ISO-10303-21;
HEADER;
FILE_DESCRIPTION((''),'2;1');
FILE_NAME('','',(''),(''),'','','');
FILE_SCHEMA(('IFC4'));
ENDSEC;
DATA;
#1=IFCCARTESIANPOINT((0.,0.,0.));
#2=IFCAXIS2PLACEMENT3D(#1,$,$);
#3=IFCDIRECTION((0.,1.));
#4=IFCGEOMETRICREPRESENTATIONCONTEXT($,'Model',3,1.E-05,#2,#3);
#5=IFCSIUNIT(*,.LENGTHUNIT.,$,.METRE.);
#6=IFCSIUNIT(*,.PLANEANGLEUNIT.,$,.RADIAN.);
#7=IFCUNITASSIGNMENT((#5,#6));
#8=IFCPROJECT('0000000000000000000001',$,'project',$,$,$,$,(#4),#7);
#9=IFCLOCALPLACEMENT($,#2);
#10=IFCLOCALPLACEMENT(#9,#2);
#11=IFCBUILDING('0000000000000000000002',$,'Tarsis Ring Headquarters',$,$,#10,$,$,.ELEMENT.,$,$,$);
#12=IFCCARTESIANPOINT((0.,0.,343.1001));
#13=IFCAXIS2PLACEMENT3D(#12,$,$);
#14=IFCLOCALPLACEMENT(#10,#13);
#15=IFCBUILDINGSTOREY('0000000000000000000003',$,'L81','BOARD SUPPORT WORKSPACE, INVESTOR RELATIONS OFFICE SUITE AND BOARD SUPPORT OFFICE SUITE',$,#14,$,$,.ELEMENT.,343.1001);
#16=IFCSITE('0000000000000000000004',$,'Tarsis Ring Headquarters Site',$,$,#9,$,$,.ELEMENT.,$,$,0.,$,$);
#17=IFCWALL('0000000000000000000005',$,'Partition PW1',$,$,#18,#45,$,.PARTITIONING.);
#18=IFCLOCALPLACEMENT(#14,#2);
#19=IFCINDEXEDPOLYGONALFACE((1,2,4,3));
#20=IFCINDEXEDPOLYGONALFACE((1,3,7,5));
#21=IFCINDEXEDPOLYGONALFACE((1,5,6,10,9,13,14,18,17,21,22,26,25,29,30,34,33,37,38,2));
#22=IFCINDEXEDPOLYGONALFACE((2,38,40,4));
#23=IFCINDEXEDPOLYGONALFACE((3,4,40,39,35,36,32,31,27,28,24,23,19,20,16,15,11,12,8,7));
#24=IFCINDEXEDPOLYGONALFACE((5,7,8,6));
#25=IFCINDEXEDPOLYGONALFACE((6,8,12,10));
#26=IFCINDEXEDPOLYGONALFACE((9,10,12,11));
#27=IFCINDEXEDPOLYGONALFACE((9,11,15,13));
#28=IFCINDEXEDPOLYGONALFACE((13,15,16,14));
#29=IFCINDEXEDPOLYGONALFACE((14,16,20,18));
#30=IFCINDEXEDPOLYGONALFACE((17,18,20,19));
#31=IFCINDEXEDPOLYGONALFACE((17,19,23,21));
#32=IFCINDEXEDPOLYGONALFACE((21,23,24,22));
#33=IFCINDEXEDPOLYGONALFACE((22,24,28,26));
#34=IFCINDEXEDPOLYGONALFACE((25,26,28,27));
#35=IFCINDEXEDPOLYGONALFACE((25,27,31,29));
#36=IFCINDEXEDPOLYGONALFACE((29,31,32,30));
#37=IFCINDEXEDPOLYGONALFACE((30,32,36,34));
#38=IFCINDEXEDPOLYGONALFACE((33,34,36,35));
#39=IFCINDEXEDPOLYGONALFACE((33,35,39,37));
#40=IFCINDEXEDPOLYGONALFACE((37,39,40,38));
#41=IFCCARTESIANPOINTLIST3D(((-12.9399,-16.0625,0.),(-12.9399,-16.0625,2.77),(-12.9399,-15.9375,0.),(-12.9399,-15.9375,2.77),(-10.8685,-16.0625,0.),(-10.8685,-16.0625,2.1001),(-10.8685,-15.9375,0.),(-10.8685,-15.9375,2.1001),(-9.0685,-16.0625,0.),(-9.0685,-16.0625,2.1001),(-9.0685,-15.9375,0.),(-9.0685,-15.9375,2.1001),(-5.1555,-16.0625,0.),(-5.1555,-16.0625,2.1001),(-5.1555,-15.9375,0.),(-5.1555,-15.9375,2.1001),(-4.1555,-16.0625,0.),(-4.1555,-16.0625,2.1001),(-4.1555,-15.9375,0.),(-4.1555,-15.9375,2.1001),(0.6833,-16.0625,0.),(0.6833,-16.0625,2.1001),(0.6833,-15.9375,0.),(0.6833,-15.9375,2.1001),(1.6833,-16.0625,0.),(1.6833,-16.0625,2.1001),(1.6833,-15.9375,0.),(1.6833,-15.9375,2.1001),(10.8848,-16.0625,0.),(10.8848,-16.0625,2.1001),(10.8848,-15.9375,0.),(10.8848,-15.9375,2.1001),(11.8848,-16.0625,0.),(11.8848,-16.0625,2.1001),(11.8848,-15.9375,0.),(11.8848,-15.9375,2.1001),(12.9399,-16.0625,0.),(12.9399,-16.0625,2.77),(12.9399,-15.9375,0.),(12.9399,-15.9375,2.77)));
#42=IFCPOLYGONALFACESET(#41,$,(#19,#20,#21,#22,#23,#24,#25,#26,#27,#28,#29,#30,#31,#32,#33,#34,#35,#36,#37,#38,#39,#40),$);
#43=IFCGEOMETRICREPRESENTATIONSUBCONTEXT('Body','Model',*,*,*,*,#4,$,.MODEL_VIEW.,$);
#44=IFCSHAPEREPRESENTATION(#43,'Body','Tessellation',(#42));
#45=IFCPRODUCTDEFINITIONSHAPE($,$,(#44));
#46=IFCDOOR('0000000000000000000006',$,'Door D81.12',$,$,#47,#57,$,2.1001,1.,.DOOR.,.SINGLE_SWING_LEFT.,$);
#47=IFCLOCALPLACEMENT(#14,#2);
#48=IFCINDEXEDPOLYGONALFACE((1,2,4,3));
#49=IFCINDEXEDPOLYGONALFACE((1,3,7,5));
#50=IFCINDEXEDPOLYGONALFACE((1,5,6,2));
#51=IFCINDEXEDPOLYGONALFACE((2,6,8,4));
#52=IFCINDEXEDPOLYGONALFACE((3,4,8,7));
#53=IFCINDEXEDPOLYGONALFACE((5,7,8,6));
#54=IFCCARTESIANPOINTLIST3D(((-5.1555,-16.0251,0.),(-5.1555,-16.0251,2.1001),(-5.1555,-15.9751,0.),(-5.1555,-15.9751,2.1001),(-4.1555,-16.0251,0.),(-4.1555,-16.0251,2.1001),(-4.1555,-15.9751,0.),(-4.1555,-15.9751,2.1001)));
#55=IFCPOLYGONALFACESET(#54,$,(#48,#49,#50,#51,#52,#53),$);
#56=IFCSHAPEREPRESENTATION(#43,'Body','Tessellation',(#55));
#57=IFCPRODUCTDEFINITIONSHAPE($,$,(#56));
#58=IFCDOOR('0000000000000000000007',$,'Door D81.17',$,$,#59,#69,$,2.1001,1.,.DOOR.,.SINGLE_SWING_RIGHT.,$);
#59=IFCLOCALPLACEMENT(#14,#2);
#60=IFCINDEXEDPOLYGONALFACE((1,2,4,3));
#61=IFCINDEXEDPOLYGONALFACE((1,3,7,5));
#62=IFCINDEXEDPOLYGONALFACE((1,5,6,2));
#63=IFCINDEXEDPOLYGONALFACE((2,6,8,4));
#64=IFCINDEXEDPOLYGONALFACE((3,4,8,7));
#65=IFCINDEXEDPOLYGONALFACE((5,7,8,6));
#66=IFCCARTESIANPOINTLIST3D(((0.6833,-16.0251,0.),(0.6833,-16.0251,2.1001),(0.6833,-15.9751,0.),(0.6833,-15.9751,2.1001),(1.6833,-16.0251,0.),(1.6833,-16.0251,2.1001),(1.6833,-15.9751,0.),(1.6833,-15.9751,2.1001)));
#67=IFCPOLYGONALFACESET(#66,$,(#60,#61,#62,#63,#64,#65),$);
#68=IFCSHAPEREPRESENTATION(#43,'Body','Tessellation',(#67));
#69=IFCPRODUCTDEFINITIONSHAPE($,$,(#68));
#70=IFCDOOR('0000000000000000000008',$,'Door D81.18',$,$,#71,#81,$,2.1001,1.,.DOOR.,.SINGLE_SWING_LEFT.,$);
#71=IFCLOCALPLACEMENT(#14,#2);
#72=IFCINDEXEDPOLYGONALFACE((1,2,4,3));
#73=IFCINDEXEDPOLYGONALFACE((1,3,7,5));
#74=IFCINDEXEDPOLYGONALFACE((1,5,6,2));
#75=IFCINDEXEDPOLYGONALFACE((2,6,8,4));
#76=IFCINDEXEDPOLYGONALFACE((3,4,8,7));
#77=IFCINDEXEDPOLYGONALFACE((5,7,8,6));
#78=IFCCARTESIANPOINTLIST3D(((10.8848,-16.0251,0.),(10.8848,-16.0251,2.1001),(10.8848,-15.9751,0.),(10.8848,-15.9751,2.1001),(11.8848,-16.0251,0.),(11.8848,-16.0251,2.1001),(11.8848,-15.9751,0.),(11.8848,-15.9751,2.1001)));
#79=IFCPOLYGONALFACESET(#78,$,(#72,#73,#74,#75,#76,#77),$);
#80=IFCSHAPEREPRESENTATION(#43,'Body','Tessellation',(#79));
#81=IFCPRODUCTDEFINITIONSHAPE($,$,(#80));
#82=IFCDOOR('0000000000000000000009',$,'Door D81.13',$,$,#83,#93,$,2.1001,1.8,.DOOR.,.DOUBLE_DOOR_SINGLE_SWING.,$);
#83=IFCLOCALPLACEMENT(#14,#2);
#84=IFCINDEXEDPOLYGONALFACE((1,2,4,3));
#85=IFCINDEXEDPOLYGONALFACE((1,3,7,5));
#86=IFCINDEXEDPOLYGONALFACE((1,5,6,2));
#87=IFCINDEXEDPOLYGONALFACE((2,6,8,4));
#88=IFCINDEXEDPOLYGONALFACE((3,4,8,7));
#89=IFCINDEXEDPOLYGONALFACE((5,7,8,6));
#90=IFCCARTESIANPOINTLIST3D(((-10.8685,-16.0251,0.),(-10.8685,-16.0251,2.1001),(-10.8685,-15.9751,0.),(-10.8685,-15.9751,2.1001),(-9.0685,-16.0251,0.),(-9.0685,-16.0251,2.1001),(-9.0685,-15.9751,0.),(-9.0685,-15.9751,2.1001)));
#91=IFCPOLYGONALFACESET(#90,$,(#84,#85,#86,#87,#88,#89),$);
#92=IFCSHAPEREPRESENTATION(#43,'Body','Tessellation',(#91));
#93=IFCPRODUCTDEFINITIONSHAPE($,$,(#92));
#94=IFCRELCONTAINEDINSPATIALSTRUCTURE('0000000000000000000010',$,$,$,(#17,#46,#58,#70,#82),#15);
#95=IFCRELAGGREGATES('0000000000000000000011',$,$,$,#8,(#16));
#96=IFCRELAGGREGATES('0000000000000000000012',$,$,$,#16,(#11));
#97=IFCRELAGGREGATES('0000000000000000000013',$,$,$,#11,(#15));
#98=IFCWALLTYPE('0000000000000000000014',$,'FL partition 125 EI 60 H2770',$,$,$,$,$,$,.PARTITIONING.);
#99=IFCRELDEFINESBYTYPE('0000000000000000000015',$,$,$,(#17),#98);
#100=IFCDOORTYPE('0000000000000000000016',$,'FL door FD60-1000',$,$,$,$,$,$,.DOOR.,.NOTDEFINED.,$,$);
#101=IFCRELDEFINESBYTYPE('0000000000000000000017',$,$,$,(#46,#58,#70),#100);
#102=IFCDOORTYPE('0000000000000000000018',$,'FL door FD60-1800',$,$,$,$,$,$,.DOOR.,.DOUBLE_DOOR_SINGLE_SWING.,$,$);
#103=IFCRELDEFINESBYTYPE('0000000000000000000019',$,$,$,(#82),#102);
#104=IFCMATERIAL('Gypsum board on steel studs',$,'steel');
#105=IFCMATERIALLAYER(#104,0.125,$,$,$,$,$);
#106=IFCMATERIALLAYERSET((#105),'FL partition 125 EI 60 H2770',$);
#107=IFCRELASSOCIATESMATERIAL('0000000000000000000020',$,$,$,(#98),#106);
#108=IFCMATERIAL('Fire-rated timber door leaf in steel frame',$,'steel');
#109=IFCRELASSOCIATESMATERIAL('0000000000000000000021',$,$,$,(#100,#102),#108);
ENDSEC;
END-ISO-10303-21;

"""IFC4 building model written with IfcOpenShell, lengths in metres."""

from ifc_helpers import new_model, si_unit, direction, frame, frame_2d, origin, place, context, subcontext, project, spatial, rectangle, extrude, material, layer, layer_set, type_object, element, fill, save


model = new_model("IFC4")

# Units and contexts
model_context = context("Model", 3, precision=1e-05, world=origin(), true_north=direction((0.0, 1.0)))
body_context = subcontext(model_context, "Body", "Model", "MODEL_VIEW")
ifc_project = project(units=[si_unit("LENGTHUNIT", "METRE"), si_unit("PLANEANGLEUNIT", "RADIAN")], contexts=[model_context])

# Site, building, storey
site_placement = place(None, origin())
site = spatial("IfcSite", under=ifc_project, at=site_placement, Name="Tarsis Ring Headquarters Site", CompositionType="ELEMENT", RefElevation=0.0)
building_placement = place(site_placement, origin())
building = spatial("IfcBuilding", under=site, at=building_placement, Name="Tarsis Ring Headquarters", CompositionType="ELEMENT")
storey_placement = place(building_placement, frame((0.0, 0.0, 343.1001)))
storey = spatial("IfcBuildingStorey", under=building, at=storey_placement, Name="L81", Description="BOARD SUPPORT WORKSPACE, INVESTOR RELATIONS OFFICE SUITE AND BOARD SUPPORT OFFICE SUITE", CompositionType="ELEMENT", Elevation=343.1001)

# Wall, openings, doors
ifc_material_1 = material(Name="Gypsum board on steel studs", Category="steel")
ifc_layer = layer(ifc_material_1, 0.125)
ifc_layer_set = layer_set([ifc_layer], Name="FL partition 125 EI 60 H2770")
wall_type = type_object("IfcWallType", Name="FL partition 125 EI 60 H2770", PredefinedType="PARTITIONING", material=ifc_layer_set)
ifc_material_2 = material(Name="Fire-rated timber door leaf in steel frame", Category="steel")
door_type_1 = type_object("IfcDoorType", Name="FL door FD60-1000", OperationType="NOTDEFINED", PredefinedType="DOOR", material=ifc_material_2)
door_type_2 = type_object("IfcDoorType", Name="FL door FD60-1800", OperationType="DOUBLE_DOOR_SINGLE_SWING", PredefinedType="DOOR", material=ifc_material_2)
wall_1_placement = place(storey_placement, frame((-12.9399, -16.0, 0.0), z_axis=(0.0, 0.0, 1.0), x_axis=(1.0, 0.0, 0.0)))
wall_1 = element("IfcWall", 1, at=wall_1_placement, inside=storey, type_object=wall_type, Name="Partition PW1", PredefinedType="PARTITIONING", context=body_context, shape_type="SweptSolid", body=[
    extrude(rectangle(XDim=25.8799, YDim=0.125, at=frame_2d((12.9399, 0.0))), origin(), (0.0, 0.0, 1.0), 2.77),
])
opening_1_placement = place(wall_1_placement, frame((7.7844, 0.0, 0.0)))
opening_1 = element("IfcOpeningElement", 2, at=opening_1_placement, cuts=wall_1, PredefinedType="OPENING", context=body_context, shape_type="SweptSolid", body=[
    extrude(rectangle(XDim=1.0, YDim=2.1001, at=frame_2d((0.5, 1.05))), frame((0.0, 0.0725, 0.0), z_axis=(0.0, -1.0, 0.0), x_axis=(1.0, 0.0, 0.0)), (0.0, 0.0, 1.0), 0.145),
])
opening_2_placement = place(wall_1_placement, frame((2.0715, 0.0, 0.0)))
opening_2 = element("IfcOpeningElement", 3, at=opening_2_placement, cuts=wall_1, PredefinedType="OPENING", context=body_context, shape_type="SweptSolid", body=[
    extrude(rectangle(XDim=1.8, YDim=2.1001, at=frame_2d((0.8999, 1.05))), frame((0.0, 0.0725, 0.0), z_axis=(0.0, -1.0, 0.0), x_axis=(1.0, 0.0, 0.0)), (0.0, 0.0, 1.0), 0.145),
])
opening_3_placement = place(wall_1_placement, frame((13.6233, 0.0, 0.0)))
opening_3 = element("IfcOpeningElement", 4, at=opening_3_placement, cuts=wall_1, PredefinedType="OPENING", context=body_context, shape_type="SweptSolid", body=[
    extrude(rectangle(XDim=1.0, YDim=2.1001, at=frame_2d((0.5, 1.05))), frame((0.0, 0.0725, 0.0), z_axis=(0.0, -1.0, 0.0), x_axis=(1.0, 0.0, 0.0)), (0.0, 0.0, 1.0), 0.145),
])
opening_4_placement = place(wall_1_placement, frame((23.8247, 0.0, 0.0)))
opening_4 = element("IfcOpeningElement", 5, at=opening_4_placement, cuts=wall_1, PredefinedType="OPENING", context=body_context, shape_type="SweptSolid", body=[
    extrude(rectangle(XDim=1.0, YDim=2.1001, at=frame_2d((0.5, 1.05))), frame((0.0, 0.0725, 0.0), z_axis=(0.0, -1.0, 0.0), x_axis=(1.0, 0.0, 0.0)), (0.0, 0.0, 1.0), 0.145),
])
door_1_placement = place(opening_1_placement, origin())
door_1 = element("IfcDoor", 6, at=door_1_placement, inside=storey, type_object=door_type_1, Name="Door D81.12", OperationType="SINGLE_SWING_LEFT", OverallHeight=2.1001, OverallWidth=1.0, PredefinedType="DOOR", context=body_context, shape_type="SweptSolid", body=[
    extrude(rectangle(XDim=1.0, YDim=2.1001, at=frame_2d((0.5, 1.05))), frame((0.0, 0.0249, 0.0), z_axis=(0.0, -1.0, 0.0), x_axis=(1.0, 0.0, 0.0)), (0.0, 0.0, 1.0), 0.05),
])
fill(opening_1, door_1)
door_2_placement = place(opening_3_placement, origin())
door_2 = element("IfcDoor", 7, at=door_2_placement, inside=storey, type_object=door_type_1, Name="Door D81.17", OperationType="SINGLE_SWING_RIGHT", OverallHeight=2.1001, OverallWidth=1.0, PredefinedType="DOOR", context=body_context, shape_type="SweptSolid", body=[
    extrude(rectangle(XDim=1.0, YDim=2.1001, at=frame_2d((0.5, 1.05))), frame((0.0, 0.0249, 0.0), z_axis=(0.0, -1.0, 0.0), x_axis=(1.0, 0.0, 0.0)), (0.0, 0.0, 1.0), 0.05),
])
fill(opening_3, door_2)
door_3_placement = place(opening_4_placement, origin())
door_3 = element("IfcDoor", 8, at=door_3_placement, inside=storey, type_object=door_type_1, Name="Door D81.18", OperationType="SINGLE_SWING_LEFT", OverallHeight=2.1001, OverallWidth=1.0, PredefinedType="DOOR", context=body_context, shape_type="SweptSolid", body=[
    extrude(rectangle(XDim=1.0, YDim=2.1001, at=frame_2d((0.5, 1.05))), frame((0.0, 0.0249, 0.0), z_axis=(0.0, -1.0, 0.0), x_axis=(1.0, 0.0, 0.0)), (0.0, 0.0, 1.0), 0.05),
])
fill(opening_4, door_3)
door_4_placement = place(opening_2_placement, origin())
door_4 = element("IfcDoor", 9, at=door_4_placement, inside=storey, type_object=door_type_2, Name="Door D81.13", OperationType="DOUBLE_DOOR_SINGLE_SWING", OverallHeight=2.1001, OverallWidth=1.8, PredefinedType="DOOR", context=body_context, shape_type="SweptSolid", body=[
    extrude(rectangle(XDim=1.8, YDim=2.1001, at=frame_2d((0.8999, 1.05))), frame((0.0, 0.0249, 0.0), z_axis=(0.0, -1.0, 0.0), x_axis=(1.0, 0.0, 0.0)), (0.0, 0.0, 1.0), 0.05),
])
fill(opening_2, door_4)

save(model, "model.ifc")
